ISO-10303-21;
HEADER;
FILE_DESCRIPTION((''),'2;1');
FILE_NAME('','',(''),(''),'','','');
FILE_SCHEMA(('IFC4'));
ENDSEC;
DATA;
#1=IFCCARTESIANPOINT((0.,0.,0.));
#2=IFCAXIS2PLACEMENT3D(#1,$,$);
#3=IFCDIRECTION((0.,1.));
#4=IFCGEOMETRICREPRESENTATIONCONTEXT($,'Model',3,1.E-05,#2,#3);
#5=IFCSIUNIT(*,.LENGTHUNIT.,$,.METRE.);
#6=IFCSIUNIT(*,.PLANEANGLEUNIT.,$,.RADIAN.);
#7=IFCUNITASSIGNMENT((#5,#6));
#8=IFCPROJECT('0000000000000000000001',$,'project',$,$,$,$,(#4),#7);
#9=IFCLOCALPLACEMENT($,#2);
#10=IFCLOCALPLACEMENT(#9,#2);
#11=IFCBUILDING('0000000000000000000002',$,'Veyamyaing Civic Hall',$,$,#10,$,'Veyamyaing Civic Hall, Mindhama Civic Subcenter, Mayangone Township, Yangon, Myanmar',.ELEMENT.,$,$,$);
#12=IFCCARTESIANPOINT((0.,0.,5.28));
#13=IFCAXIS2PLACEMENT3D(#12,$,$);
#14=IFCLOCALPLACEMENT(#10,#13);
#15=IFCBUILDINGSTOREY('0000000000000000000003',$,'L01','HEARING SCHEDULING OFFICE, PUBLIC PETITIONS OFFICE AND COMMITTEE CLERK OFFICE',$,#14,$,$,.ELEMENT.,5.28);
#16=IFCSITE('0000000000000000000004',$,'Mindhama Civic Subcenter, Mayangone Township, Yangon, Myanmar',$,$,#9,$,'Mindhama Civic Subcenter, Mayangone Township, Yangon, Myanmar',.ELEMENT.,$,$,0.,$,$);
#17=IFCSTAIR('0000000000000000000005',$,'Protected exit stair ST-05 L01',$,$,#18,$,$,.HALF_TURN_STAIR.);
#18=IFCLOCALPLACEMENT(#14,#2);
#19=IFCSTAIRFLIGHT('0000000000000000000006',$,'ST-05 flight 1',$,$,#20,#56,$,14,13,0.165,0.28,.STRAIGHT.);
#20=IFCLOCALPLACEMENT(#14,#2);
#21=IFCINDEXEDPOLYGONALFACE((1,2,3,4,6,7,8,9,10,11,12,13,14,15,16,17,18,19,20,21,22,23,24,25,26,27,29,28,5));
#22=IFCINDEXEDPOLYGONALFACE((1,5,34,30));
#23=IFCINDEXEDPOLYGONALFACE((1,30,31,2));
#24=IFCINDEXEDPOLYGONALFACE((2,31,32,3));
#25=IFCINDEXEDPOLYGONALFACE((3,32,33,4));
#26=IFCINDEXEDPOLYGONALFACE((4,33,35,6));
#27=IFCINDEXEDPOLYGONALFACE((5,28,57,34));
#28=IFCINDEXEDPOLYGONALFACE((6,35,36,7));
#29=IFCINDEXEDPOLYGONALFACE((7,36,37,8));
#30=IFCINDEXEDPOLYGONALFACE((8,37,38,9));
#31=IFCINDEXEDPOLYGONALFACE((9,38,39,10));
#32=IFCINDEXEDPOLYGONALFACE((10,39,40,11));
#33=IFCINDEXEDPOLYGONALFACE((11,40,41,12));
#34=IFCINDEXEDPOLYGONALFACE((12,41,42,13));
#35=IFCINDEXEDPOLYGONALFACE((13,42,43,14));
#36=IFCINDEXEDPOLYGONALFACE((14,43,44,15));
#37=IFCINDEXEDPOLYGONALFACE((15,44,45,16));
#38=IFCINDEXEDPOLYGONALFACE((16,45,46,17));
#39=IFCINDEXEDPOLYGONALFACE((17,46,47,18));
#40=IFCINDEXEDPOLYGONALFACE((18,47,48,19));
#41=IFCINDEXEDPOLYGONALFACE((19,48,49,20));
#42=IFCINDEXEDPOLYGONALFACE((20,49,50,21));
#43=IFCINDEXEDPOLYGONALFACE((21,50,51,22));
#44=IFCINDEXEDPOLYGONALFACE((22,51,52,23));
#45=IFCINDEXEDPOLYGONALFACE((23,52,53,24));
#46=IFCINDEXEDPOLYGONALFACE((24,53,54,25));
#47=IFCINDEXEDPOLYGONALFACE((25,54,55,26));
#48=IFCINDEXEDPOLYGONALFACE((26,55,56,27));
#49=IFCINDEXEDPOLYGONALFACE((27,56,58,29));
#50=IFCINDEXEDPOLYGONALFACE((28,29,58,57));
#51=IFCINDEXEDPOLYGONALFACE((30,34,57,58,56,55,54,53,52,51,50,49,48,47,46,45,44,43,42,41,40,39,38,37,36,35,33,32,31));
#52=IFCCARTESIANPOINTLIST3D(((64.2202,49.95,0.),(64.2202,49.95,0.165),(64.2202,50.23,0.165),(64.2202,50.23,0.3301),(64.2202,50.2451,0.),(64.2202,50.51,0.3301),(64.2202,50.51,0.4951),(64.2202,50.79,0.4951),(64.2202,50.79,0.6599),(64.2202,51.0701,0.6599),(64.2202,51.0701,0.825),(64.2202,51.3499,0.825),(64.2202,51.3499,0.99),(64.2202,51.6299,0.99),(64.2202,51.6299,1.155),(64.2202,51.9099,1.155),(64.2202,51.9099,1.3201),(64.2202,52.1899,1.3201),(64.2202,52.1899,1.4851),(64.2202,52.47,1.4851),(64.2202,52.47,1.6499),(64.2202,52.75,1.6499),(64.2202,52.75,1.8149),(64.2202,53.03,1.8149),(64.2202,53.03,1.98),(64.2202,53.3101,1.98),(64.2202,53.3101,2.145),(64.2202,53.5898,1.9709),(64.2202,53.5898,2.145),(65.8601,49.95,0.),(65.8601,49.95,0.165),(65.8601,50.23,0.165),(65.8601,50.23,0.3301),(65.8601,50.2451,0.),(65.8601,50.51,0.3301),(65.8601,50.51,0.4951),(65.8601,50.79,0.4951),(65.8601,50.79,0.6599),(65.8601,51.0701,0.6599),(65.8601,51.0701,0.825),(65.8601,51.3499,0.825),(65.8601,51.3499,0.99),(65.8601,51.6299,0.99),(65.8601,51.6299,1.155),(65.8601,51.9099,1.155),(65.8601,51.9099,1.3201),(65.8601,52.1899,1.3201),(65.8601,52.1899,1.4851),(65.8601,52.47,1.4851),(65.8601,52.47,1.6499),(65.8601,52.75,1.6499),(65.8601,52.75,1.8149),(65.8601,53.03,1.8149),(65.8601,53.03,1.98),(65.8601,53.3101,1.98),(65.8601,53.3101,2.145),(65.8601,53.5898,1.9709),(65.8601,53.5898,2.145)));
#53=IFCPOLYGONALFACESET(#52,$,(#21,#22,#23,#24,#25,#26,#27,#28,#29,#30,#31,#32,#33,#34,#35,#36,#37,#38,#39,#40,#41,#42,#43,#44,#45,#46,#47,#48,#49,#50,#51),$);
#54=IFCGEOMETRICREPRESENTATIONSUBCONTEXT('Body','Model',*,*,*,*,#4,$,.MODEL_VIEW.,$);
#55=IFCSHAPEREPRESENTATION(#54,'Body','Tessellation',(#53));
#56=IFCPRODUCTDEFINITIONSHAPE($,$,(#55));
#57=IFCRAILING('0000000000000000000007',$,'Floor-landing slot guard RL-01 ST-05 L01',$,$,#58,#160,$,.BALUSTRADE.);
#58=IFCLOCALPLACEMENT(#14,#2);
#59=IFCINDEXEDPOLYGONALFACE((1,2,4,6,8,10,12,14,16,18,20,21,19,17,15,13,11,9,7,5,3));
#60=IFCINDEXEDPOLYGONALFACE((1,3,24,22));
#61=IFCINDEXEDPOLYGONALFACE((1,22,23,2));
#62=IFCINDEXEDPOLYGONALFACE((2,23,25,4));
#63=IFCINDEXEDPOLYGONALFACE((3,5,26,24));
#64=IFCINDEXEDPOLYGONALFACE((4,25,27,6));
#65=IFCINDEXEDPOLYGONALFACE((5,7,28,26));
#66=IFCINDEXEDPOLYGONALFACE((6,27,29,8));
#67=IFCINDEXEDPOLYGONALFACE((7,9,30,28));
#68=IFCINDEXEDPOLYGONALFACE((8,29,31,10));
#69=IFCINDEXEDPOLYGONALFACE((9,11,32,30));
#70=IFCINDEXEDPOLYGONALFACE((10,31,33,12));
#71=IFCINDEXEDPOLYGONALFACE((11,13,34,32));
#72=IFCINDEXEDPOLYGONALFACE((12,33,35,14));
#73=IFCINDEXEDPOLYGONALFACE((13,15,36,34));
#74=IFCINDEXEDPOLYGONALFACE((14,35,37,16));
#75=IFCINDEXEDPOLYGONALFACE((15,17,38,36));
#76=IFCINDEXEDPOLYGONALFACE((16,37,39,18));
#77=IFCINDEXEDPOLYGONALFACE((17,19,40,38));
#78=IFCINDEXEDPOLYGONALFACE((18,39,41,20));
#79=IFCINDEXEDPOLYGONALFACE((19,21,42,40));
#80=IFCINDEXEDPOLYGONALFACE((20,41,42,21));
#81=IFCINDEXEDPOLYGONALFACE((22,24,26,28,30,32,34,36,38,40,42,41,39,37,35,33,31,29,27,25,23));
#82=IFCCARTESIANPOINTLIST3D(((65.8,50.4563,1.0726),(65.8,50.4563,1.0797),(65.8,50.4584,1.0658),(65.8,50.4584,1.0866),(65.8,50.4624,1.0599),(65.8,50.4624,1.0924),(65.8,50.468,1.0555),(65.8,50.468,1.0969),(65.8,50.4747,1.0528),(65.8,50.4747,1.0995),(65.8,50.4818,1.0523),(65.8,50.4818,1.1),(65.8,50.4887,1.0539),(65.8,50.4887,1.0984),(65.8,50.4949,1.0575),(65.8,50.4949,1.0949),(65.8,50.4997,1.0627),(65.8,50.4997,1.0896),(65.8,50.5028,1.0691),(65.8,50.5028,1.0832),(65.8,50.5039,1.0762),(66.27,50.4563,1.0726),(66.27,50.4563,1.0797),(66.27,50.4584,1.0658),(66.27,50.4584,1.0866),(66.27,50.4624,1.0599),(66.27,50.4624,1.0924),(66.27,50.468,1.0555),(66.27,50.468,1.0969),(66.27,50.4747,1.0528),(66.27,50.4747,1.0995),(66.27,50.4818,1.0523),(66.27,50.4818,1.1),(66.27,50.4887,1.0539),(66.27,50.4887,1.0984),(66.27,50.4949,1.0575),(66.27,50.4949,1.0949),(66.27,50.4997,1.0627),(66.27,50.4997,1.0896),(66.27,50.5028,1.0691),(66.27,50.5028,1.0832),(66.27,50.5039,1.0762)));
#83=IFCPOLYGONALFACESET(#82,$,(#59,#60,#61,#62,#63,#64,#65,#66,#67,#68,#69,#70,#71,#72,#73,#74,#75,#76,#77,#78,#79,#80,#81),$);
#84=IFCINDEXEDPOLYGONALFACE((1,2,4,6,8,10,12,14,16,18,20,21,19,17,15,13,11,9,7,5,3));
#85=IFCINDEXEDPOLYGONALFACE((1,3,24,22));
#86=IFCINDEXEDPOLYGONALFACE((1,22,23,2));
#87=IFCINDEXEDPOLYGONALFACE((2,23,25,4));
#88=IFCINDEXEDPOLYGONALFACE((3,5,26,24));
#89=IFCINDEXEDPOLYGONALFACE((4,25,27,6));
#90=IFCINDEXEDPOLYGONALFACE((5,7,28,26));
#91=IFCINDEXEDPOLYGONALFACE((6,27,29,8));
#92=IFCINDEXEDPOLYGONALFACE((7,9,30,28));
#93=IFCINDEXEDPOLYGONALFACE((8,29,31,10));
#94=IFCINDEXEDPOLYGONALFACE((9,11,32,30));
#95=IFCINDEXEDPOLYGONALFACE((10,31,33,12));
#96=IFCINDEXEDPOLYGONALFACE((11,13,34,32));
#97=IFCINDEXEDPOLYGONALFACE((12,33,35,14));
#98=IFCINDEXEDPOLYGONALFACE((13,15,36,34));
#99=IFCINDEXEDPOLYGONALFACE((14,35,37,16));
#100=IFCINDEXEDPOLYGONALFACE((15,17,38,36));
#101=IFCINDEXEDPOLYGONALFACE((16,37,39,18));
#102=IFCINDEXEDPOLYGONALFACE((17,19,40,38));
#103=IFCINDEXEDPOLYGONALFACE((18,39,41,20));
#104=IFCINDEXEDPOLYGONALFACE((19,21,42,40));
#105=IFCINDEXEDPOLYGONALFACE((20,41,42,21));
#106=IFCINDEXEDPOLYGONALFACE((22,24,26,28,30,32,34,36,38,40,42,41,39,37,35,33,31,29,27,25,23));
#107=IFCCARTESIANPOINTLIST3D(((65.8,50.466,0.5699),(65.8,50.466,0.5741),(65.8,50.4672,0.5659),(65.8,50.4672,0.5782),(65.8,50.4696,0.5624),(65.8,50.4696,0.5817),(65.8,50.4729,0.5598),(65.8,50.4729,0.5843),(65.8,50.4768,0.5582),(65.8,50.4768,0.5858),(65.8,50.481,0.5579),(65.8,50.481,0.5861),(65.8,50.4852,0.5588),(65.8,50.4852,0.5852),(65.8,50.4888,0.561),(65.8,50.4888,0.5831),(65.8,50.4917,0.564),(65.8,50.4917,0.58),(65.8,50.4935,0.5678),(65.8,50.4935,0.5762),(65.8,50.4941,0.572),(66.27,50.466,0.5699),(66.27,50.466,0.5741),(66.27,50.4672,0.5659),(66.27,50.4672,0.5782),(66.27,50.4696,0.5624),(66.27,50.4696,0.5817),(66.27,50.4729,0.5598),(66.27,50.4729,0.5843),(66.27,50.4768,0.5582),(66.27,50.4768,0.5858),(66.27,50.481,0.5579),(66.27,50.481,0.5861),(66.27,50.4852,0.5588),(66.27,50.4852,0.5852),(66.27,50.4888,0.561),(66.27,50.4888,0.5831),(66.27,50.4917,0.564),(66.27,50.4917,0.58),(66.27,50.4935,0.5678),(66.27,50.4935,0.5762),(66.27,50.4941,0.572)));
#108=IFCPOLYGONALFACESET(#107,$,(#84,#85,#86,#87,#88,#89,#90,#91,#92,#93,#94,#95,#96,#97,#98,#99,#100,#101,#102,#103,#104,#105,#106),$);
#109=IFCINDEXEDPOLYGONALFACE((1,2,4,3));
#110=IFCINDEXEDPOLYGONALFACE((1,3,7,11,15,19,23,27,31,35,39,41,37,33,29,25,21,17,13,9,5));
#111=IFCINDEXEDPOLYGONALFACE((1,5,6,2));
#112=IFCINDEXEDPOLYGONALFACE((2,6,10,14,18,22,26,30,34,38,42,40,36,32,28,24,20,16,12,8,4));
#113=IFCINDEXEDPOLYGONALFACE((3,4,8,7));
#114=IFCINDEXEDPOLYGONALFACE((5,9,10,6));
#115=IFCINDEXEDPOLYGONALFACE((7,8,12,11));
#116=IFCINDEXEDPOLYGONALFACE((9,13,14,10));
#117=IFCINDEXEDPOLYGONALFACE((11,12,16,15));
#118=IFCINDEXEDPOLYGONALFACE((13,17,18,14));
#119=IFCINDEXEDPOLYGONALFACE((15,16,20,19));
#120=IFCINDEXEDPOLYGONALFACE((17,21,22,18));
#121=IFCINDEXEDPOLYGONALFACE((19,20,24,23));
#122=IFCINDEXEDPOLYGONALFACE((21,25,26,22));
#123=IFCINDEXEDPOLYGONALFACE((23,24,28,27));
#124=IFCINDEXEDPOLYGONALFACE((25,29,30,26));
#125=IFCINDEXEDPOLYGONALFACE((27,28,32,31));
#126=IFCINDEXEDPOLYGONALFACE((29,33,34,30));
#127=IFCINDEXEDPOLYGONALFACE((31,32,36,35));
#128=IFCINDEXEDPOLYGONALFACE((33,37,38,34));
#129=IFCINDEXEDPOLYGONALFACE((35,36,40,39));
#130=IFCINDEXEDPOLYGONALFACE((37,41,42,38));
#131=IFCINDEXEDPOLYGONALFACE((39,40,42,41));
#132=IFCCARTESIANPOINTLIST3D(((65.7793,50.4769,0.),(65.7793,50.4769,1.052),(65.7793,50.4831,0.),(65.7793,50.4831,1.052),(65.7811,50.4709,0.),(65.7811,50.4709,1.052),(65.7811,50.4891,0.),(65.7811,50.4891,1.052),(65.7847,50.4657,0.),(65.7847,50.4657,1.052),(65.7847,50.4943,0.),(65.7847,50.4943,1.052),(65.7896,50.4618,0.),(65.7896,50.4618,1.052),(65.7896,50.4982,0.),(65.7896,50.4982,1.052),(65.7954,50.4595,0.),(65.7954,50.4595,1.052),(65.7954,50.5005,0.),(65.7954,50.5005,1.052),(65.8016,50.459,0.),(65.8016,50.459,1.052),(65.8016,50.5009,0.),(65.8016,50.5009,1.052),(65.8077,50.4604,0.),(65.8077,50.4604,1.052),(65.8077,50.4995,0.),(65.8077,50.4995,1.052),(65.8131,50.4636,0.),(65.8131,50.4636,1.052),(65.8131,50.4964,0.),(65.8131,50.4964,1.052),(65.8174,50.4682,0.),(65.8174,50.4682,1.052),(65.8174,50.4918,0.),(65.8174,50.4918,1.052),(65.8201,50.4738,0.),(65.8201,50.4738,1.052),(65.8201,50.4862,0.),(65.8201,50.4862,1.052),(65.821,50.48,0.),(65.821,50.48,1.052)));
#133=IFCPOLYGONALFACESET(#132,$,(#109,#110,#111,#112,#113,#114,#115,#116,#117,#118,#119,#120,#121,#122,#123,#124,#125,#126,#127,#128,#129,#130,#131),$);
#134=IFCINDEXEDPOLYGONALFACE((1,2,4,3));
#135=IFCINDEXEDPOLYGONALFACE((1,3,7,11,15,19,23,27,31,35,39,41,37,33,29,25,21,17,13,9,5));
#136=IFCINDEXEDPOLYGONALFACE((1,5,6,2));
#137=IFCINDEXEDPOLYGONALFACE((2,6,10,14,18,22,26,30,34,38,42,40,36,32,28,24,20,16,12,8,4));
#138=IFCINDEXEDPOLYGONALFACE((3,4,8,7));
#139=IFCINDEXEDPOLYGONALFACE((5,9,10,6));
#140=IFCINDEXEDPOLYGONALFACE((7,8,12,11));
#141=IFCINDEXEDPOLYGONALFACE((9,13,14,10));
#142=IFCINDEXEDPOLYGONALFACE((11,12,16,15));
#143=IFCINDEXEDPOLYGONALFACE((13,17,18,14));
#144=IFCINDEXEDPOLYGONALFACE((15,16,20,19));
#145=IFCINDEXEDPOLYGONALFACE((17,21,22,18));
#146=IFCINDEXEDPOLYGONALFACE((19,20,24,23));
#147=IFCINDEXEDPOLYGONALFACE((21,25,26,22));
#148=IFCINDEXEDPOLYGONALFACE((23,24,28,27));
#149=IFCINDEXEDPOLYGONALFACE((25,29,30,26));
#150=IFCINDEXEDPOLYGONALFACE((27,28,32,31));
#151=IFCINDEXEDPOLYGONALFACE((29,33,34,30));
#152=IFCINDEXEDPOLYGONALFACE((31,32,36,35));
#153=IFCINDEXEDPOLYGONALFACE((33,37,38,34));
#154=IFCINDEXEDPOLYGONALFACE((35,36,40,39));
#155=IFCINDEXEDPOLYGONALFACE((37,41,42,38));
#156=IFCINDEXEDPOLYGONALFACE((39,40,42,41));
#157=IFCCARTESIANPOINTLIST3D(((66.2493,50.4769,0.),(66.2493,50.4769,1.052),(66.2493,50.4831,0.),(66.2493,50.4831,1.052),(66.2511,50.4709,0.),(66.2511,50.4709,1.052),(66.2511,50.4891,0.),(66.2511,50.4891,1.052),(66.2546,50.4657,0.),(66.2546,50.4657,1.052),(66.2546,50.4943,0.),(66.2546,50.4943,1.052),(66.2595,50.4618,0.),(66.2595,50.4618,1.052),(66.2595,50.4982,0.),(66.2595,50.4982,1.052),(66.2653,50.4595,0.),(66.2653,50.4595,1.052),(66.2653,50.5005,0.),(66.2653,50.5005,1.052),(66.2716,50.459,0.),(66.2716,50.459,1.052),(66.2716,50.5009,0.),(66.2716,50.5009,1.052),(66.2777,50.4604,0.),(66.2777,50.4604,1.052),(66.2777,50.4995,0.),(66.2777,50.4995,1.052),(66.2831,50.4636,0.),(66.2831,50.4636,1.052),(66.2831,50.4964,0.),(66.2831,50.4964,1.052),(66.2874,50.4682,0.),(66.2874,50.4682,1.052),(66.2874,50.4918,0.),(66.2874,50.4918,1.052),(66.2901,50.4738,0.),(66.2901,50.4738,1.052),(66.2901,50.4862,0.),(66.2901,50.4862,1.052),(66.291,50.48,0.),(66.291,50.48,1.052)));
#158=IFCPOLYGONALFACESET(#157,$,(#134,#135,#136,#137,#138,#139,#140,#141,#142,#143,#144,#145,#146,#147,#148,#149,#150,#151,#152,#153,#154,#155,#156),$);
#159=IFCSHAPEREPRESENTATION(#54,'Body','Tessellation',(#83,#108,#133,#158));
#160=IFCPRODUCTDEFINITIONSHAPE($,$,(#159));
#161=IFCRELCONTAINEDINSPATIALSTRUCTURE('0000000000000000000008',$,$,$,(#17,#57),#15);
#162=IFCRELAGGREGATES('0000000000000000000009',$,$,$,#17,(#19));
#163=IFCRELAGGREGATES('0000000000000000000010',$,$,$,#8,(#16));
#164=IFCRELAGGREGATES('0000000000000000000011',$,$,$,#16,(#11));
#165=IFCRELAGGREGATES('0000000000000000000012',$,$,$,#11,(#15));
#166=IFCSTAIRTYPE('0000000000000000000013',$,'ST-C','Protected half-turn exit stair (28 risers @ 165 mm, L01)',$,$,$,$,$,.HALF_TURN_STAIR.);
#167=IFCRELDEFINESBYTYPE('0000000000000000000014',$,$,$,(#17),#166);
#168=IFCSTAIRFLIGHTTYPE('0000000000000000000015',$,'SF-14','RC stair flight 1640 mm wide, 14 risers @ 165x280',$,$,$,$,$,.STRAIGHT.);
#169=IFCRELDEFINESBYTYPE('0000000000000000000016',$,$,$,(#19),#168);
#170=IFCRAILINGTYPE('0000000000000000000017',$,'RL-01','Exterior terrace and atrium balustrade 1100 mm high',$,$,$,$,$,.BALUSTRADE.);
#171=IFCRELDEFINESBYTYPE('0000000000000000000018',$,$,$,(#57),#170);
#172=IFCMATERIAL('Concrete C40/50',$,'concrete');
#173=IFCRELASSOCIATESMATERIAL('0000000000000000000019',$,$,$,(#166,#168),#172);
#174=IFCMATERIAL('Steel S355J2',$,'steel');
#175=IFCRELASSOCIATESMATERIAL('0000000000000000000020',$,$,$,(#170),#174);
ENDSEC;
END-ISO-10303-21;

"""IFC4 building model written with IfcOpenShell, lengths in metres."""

from ifc_helpers import new_model, si_unit, direction, frame, origin, origin_2d, place, context, subcontext, project, spatial, polyline, circle, outline, extrude, material, type_object, element, aggregate, save


model = new_model("IFC4")

# Units and contexts
model_context = context("Model", 3, precision=1e-05, world=origin(), true_north=direction((0.0, 1.0)))
body_context = subcontext(model_context, "Body", "Model", "MODEL_VIEW")
ifc_project = project(units=[si_unit("LENGTHUNIT", "METRE"), si_unit("PLANEANGLEUNIT", "RADIAN")], contexts=[model_context])

# Site, building, storey
site_placement = place(None, origin())
site = spatial("IfcSite", under=ifc_project, at=site_placement, Name="Mindhama Civic Subcenter, Mayangone Township, Yangon, Myanmar", LongName="Mindhama Civic Subcenter, Mayangone Township, Yangon, Myanmar", CompositionType="ELEMENT", RefElevation=0.0)
building_placement = place(site_placement, origin())
building = spatial("IfcBuilding", under=site, at=building_placement, Name="Veyamyaing Civic Hall", LongName="Veyamyaing Civic Hall, Mindhama Civic Subcenter, Mayangone Township, Yangon, Myanmar", CompositionType="ELEMENT")
storey_placement = place(building_placement, frame((0.0, 0.0, 5.28)))
storey = spatial("IfcBuildingStorey", under=building, at=storey_placement, Name="L01", Description="HEARING SCHEDULING OFFICE, PUBLIC PETITIONS OFFICE AND COMMITTEE CLERK OFFICE", CompositionType="ELEMENT", Elevation=5.28)

# Shared definitions
ifc_material_1 = material(Name="Concrete C40/50", Category="concrete")

# Stair, stair flight
stair_type = type_object("IfcStairType", Name="ST-C", Description="Protected half-turn exit stair (28 risers @ 165 mm, L01)", PredefinedType="HALF_TURN_STAIR", material=ifc_material_1)
stair_placement = place(storey_placement, origin())
stair = element("IfcStair", 1, at=stair_placement, inside=storey, type_object=stair_type, Name="Protected exit stair ST-05 L01", PredefinedType="HALF_TURN_STAIR")
stair_flight_type = type_object("IfcStairFlightType", Name="SF-14", Description="RC stair flight 1640 mm wide, 14 risers @ 165x280", PredefinedType="STRAIGHT", material=ifc_material_1)
stair_flight_placement = place(storey_placement, frame((65.04, 49.95, 0.0), z_axis=(0.0, 0.0, 1.0), x_axis=(0.0, 1.0, 0.0)))
stair_flight = element("IfcStairFlight", 2, at=stair_flight_placement, type_object=stair_flight_type, Name="ST-05 flight 1", NumberOfRisers=14, NumberOfTreads=13, PredefinedType="STRAIGHT", RiserHeight=0.165, TreadLength=0.28, context=body_context, shape_type="SweptSolid", body=[
    extrude(outline(polyline([(0.0, 0.0), (0.0, 0.165), (0.28, 0.165), (0.28, 0.3301), (0.5601, 0.3301), (0.5601, 0.4951), (0.8401, 0.4951), (0.8401, 0.6599), (1.1201, 0.6599), (1.1201, 0.825), (1.3999, 0.825), (1.3999, 0.99), (1.6799, 0.99), (1.6799, 1.155), (1.96, 1.155), (1.96, 1.3201), (2.24, 1.3201), (2.24, 1.4851), (2.52, 1.4851), (2.52, 1.6499), (2.8, 1.6499), (2.8, 1.8149), (3.0801, 1.8149), (3.0801, 1.98), (3.3601, 1.98), (3.3601, 2.145), (3.6399, 2.145), (3.6399, 2.3101), (3.6399, 1.9709), (0.2952, 0.0), (0.0, 0.0)])), frame((0.0, 0.8198, 0.0), z_axis=(0.0, -1.0, 0.0), x_axis=(1.0, 0.0, 0.0)), (0.0, 0.0, 1.0), 1.6399),
])
aggregate(stair, [stair_flight])

# Railing
ifc_material_2 = material(Name="Steel S355J2", Category="steel")
railing_type_1 = type_object("IfcRailingType", Name="RL-01", Description="Exterior terrace and atrium balustrade 1100 mm high", PredefinedType="BALUSTRADE", material=ifc_material_2)
railing_1_placement = place(storey_placement, frame((65.8, 50.48, 0.0)))
element("IfcRailing", 3, at=railing_1_placement, inside=storey, type_object=railing_type_1, Name="Floor-landing slot guard RL-01 ST-05 L01", PredefinedType="BALUSTRADE", context=body_context, shape_type="SweptSolid", body=[
    extrude(circle(Radius=0.0239, at=origin_2d()), frame((0.0, 0.0, 1.0762), z_axis=(1.0, 0.0, 0.0), x_axis=(0.0, 1.0, 0.0)), (0.0, 0.0, 1.0), 0.47),
    extrude(circle(Radius=0.0142, at=origin_2d()), frame((0.0, 0.0, 0.572), z_axis=(1.0, 0.0, 0.0), x_axis=(0.0, 1.0, 0.0)), (0.0, 0.0, 1.0), 0.47),
    extrude(circle(Radius=0.021, at=origin_2d()), origin(), (0.0, 0.0, 1.0), 1.052),
    extrude(circle(Radius=0.021, at=origin_2d()), frame((0.47, 0.0, 0.0)), (0.0, 0.0, 1.0), 1.052),
])

save(model, "model.ifc")
